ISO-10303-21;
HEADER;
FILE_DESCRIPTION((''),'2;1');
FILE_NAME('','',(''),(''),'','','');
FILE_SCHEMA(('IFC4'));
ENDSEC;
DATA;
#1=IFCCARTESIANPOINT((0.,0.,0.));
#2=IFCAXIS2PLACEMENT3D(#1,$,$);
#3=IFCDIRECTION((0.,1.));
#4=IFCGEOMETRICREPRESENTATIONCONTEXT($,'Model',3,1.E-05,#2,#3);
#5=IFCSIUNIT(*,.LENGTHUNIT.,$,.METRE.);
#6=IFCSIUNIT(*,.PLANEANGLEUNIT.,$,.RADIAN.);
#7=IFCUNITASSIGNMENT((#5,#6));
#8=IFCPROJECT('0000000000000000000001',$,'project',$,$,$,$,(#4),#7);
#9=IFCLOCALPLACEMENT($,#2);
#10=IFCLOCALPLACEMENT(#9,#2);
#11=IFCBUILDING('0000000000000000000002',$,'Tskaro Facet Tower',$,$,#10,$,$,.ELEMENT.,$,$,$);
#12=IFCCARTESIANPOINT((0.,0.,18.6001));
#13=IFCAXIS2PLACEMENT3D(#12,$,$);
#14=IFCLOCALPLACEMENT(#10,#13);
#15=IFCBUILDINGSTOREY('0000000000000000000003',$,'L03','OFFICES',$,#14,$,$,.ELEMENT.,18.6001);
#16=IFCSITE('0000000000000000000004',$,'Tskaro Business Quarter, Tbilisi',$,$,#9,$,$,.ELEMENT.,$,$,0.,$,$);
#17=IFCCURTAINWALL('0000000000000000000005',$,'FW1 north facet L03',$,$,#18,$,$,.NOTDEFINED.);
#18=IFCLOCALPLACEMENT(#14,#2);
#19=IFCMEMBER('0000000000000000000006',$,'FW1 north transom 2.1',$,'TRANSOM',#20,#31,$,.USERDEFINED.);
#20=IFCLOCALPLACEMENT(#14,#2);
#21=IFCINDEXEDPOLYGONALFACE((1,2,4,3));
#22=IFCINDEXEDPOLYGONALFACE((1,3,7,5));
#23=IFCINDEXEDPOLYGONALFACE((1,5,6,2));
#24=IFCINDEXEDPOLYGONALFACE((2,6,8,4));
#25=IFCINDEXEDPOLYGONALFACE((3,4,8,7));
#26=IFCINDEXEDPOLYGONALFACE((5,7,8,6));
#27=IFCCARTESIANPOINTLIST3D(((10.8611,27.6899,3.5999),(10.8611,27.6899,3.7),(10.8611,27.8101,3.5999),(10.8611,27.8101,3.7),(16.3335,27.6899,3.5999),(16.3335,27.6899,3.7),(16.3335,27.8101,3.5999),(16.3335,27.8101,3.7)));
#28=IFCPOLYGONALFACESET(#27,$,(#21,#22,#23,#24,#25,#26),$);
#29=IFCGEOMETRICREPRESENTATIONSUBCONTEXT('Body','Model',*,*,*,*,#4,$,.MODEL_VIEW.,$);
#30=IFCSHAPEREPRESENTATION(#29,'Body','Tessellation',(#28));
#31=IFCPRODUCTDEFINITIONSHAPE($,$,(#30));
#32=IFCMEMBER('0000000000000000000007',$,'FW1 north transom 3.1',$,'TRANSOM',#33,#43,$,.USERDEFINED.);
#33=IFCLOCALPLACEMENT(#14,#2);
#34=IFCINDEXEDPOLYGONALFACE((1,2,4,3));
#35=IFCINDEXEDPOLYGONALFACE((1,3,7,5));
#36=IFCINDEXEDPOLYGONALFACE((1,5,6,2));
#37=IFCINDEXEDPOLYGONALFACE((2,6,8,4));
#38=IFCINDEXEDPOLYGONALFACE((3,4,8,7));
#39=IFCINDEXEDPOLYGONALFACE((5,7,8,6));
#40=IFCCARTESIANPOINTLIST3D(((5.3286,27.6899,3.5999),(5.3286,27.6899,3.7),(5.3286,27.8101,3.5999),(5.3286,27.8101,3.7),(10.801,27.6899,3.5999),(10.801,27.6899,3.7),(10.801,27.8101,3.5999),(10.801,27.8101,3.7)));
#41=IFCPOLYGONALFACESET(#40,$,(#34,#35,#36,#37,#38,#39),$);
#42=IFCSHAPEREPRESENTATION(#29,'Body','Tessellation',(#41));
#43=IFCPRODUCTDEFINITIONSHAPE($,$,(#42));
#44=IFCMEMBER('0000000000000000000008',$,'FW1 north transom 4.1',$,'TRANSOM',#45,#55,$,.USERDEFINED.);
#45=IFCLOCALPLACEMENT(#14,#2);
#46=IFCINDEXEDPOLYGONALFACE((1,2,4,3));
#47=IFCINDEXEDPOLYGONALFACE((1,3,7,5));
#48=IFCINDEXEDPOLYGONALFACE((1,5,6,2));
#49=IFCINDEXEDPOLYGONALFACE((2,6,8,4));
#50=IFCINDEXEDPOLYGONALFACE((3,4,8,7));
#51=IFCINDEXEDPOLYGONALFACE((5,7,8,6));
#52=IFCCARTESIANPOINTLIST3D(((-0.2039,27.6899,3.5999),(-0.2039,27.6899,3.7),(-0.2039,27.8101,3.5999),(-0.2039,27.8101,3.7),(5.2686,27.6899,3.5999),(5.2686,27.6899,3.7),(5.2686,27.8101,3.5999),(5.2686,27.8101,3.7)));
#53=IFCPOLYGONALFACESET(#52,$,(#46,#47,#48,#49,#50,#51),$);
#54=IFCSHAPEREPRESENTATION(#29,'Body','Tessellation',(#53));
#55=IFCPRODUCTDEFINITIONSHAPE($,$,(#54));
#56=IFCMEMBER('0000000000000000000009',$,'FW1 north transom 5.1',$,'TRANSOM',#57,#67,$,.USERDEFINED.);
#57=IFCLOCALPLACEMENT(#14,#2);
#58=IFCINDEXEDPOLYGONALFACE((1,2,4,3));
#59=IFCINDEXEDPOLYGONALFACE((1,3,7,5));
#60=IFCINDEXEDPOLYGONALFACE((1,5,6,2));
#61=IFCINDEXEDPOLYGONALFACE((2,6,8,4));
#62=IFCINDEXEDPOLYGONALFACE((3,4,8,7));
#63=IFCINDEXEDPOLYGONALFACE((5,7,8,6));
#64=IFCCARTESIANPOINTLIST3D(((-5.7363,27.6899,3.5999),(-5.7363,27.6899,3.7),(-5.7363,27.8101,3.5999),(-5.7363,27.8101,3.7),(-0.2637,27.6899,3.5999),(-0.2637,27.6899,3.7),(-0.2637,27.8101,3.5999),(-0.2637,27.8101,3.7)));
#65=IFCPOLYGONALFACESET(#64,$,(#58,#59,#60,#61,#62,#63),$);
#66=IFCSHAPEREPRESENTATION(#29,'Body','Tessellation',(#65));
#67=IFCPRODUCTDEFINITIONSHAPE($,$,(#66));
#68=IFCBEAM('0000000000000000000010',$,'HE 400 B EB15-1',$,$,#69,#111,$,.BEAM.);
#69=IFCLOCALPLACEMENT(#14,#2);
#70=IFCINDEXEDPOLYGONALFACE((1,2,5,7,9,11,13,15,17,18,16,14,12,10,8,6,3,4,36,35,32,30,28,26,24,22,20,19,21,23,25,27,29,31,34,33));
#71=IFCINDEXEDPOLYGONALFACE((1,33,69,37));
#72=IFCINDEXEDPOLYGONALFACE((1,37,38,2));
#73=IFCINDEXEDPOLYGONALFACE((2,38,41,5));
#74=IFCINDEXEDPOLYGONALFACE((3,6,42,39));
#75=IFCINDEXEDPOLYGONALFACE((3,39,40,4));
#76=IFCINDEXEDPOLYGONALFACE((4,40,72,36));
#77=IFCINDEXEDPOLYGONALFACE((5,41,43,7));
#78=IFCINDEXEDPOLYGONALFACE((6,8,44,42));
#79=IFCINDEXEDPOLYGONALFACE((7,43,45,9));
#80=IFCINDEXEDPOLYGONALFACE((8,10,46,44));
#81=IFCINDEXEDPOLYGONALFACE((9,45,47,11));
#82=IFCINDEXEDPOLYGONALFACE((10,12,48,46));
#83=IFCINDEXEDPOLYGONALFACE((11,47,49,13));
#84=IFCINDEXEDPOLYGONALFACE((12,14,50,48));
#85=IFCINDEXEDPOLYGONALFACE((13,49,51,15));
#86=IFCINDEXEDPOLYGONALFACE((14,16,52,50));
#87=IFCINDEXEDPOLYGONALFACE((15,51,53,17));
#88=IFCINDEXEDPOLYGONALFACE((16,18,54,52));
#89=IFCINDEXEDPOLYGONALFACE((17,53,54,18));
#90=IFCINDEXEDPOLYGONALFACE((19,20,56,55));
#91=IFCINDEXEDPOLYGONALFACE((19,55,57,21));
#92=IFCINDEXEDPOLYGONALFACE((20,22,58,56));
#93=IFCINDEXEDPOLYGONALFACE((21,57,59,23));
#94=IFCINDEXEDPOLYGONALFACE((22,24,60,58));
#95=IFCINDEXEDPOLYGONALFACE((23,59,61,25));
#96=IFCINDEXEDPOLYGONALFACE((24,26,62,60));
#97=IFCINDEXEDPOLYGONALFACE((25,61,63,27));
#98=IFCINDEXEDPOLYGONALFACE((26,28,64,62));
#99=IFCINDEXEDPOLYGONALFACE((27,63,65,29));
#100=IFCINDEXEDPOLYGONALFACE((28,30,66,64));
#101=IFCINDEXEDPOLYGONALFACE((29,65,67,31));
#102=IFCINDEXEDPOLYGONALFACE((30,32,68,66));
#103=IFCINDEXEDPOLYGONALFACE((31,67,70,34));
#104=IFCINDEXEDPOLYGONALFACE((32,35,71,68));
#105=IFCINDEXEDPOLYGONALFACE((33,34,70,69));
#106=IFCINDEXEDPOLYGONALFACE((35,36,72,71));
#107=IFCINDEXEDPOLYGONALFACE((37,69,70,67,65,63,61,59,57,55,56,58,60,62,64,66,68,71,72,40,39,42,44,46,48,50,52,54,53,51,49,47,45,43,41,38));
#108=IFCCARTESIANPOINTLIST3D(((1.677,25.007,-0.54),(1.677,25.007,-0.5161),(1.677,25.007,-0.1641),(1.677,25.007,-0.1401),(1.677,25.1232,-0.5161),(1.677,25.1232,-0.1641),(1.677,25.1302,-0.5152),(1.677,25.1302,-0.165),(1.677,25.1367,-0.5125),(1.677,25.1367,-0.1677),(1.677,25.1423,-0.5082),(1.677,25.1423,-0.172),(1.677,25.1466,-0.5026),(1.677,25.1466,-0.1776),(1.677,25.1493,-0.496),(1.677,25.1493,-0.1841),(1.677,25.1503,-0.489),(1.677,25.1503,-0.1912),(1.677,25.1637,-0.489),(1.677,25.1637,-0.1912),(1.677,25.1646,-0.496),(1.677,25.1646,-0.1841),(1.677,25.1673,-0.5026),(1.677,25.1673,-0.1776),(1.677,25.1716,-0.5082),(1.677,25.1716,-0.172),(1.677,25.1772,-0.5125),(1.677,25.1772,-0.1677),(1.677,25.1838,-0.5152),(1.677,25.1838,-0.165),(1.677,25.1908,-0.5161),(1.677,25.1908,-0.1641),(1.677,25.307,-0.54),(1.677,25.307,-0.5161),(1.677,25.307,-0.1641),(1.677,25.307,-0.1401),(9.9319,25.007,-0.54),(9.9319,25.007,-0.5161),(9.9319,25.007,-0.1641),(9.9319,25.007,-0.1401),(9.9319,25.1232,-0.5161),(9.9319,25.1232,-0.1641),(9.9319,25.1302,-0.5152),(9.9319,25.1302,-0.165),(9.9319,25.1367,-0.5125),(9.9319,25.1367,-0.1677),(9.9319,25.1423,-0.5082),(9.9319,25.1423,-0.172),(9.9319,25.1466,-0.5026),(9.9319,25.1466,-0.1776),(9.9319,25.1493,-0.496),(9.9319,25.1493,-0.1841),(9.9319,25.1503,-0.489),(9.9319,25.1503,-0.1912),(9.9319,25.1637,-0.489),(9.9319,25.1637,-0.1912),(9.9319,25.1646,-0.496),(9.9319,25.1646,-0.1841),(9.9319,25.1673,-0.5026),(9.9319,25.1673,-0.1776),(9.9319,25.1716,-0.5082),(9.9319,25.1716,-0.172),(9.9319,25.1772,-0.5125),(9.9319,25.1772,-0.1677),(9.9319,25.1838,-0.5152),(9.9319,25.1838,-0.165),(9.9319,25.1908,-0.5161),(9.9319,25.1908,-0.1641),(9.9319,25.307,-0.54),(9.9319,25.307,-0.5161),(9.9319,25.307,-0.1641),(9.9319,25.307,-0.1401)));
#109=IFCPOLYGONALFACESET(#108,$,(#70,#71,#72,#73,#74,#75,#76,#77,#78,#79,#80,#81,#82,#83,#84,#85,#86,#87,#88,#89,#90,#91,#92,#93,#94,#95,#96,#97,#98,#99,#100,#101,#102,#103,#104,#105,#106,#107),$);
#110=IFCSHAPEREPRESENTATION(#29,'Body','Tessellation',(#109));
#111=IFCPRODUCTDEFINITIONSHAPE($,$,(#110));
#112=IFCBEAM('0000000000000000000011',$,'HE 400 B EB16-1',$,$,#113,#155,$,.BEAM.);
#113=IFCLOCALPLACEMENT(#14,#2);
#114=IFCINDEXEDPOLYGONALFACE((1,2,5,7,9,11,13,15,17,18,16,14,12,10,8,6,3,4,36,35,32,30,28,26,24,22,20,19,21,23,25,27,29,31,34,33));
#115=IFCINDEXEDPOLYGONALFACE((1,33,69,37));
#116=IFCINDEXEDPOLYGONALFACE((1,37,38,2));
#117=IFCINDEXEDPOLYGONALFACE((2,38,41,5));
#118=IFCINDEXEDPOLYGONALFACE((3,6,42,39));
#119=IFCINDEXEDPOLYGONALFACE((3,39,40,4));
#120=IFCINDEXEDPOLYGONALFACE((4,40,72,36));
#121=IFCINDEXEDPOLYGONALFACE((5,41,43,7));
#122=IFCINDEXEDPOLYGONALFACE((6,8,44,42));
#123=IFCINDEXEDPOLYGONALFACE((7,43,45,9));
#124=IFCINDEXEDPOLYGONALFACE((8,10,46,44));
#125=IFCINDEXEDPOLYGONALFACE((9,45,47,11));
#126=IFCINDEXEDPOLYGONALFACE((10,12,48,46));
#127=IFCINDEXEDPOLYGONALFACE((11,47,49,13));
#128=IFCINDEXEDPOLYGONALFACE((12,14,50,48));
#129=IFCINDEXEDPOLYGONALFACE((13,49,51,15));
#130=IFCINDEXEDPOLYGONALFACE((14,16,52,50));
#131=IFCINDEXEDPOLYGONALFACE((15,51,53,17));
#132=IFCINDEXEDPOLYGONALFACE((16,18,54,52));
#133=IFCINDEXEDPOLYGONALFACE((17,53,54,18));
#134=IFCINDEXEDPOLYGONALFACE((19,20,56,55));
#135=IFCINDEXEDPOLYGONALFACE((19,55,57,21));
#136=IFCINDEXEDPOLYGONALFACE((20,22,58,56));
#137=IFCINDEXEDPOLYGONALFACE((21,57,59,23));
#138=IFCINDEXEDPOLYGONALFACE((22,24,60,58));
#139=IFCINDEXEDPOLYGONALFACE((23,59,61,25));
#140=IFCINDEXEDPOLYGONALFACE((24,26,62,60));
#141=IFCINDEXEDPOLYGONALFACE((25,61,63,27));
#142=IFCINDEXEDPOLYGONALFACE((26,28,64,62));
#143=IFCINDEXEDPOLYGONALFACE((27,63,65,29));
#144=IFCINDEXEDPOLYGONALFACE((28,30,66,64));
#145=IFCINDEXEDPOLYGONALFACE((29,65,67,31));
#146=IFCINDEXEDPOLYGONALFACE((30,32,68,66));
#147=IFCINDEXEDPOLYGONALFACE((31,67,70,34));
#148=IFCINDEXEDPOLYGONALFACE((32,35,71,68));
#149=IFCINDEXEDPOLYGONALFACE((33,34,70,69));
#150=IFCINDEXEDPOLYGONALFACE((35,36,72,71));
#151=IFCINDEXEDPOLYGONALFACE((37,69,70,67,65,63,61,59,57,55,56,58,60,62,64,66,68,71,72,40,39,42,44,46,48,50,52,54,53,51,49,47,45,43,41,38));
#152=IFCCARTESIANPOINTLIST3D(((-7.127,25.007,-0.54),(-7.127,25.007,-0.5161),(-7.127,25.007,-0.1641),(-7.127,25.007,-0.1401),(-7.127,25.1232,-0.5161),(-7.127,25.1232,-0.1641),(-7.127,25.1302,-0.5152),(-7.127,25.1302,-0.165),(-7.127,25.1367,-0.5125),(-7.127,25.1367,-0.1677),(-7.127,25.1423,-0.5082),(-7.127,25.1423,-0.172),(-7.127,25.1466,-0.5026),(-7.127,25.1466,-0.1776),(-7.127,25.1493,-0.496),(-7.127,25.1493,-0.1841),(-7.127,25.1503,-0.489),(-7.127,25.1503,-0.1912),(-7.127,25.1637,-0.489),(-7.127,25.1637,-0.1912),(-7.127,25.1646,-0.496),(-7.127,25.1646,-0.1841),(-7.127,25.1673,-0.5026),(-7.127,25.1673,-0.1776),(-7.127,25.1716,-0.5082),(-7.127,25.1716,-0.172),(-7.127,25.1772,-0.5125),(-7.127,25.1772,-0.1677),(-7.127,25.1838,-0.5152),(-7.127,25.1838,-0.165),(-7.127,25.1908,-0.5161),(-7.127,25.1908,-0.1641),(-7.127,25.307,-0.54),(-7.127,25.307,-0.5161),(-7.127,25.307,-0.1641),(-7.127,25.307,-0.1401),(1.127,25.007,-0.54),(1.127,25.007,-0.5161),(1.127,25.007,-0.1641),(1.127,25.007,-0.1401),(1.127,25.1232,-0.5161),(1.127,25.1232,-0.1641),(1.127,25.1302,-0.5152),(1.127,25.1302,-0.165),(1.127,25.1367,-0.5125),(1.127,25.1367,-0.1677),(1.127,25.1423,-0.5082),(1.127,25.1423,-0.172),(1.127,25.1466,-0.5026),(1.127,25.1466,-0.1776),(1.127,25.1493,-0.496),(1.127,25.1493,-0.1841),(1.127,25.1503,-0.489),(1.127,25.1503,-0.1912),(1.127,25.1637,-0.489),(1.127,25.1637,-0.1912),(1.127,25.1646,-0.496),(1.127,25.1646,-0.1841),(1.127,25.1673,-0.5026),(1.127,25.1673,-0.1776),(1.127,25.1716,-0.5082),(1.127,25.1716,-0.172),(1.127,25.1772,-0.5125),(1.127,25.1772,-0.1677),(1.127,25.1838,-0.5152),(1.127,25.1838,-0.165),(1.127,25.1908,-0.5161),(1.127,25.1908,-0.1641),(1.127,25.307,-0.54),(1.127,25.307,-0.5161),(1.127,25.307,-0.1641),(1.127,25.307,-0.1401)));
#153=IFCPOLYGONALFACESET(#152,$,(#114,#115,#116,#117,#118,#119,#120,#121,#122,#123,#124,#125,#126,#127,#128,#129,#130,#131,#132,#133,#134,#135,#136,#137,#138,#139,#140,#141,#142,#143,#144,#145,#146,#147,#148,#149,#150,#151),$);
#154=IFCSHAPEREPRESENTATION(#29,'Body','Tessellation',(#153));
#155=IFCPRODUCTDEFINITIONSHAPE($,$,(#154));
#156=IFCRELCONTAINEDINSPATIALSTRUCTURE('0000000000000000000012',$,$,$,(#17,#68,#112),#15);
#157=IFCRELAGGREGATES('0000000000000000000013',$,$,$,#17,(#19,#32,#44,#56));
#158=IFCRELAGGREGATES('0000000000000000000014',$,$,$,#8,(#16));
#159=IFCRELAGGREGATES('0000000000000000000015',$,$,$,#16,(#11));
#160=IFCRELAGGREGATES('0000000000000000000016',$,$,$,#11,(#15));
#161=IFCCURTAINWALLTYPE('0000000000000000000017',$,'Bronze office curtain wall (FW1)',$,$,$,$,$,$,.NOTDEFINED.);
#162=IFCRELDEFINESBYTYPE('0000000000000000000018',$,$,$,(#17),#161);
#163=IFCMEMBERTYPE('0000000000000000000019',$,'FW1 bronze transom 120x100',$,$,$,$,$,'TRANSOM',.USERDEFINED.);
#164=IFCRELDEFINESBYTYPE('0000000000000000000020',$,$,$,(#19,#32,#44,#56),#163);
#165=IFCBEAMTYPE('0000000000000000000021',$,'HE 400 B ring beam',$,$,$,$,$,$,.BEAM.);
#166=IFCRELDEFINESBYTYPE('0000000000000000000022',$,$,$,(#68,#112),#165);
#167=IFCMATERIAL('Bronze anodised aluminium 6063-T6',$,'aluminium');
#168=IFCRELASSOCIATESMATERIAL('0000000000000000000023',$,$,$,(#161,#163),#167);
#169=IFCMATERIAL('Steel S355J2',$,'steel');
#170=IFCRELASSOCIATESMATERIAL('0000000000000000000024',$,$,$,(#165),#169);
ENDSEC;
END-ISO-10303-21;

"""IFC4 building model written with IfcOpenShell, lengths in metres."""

from ifc_helpers import new_model, si_unit, direction, frame, origin, origin_2d, place, context, subcontext, project, spatial, rectangle, i_section, extrude, material, material_profile, profile_set, type_object, element, aggregate, save


model = new_model("IFC4")

# Units and contexts
model_context = context("Model", 3, precision=1e-05, world=origin(), true_north=direction((0.0, 1.0)))
body_context = subcontext(model_context, "Body", "Model", "MODEL_VIEW")
ifc_project = project(units=[si_unit("LENGTHUNIT", "METRE"), si_unit("PLANEANGLEUNIT", "RADIAN")], contexts=[model_context])

# Site, building, storey
site_placement = place(None, origin())
site = spatial("IfcSite", under=ifc_project, at=site_placement, Name="Tskaro Business Quarter, Tbilisi", CompositionType="ELEMENT", RefElevation=0.0)
building_placement = place(site_placement, origin())
building = spatial("IfcBuilding", under=site, at=building_placement, Name="Tskaro Facet Tower", CompositionType="ELEMENT")
storey_placement = place(building_placement, frame((0.0, 0.0, 18.6001)))
storey = spatial("IfcBuildingStorey", under=building, at=storey_placement, Name="L03", Description="OFFICES", CompositionType="ELEMENT", Elevation=18.6001)

# Curtain wall, members
ifc_material_1 = material(Name="Bronze anodised aluminium 6063-T6", Category="aluminium")
curtain_wall_type = type_object("IfcCurtainWallType", Name="Bronze office curtain wall (FW1)", PredefinedType="NOTDEFINED", material=ifc_material_1)
curtain_wall_placement = place(storey_placement, origin())
curtain_wall = element("IfcCurtainWall", 1, at=curtain_wall_placement, inside=storey, type_object=curtain_wall_type, Name="FW1 north facet L03", PredefinedType="NOTDEFINED")
ifc_material_profile_1 = material_profile(ifc_material_1, rectangle(XDim=0.1201, YDim=0.1001, at=origin_2d()), Name="Transom 120x100")
ifc_profile_set_1 = profile_set([ifc_material_profile_1], Name="Bronze anodised aluminium 6063-T6")
member_type_1 = type_object("IfcMemberType", Name="FW1 bronze transom 120x100", ElementType="TRANSOM", PredefinedType="USERDEFINED", material=ifc_profile_set_1)
member_1_placement = place(storey_placement, frame((16.3335, 27.75, 3.6499), z_axis=(-1.0, 0.0, 0.0), x_axis=(0.0, -1.0, 0.0)))
member_1 = element("IfcMember", 2, at=member_1_placement, type_object=member_type_1, Name="FW1 north transom 2.1", ObjectType="TRANSOM", PredefinedType="USERDEFINED", context=body_context, shape_type="SweptSolid", body=[
    extrude(rectangle(XDim=0.1201, YDim=0.1001, at=origin_2d()), origin(), (0.0, 0.0, 1.0), 5.4724),
])
member_2_placement = place(storey_placement, frame((10.801, 27.75, 3.6499), z_axis=(-1.0, 0.0, 0.0), x_axis=(0.0, -1.0, 0.0)))
member_2 = element("IfcMember", 3, at=member_2_placement, type_object=member_type_1, Name="FW1 north transom 3.1", ObjectType="TRANSOM", PredefinedType="USERDEFINED", context=body_context, shape_type="SweptSolid", body=[
    extrude(rectangle(XDim=0.1201, YDim=0.1001, at=origin_2d()), origin(), (0.0, 0.0, 1.0), 5.4724),
])
member_3_placement = place(storey_placement, frame((5.2686, 27.75, 3.6499), z_axis=(-1.0, 0.0, 0.0), x_axis=(0.0, -1.0, 0.0)))
member_3 = element("IfcMember", 4, at=member_3_placement, type_object=member_type_1, Name="FW1 north transom 4.1", ObjectType="TRANSOM", PredefinedType="USERDEFINED", context=body_context, shape_type="SweptSolid", body=[
    extrude(rectangle(XDim=0.1201, YDim=0.1001, at=origin_2d()), origin(), (0.0, 0.0, 1.0), 5.4724),
])
member_4_placement = place(storey_placement, frame((-0.2637, 27.75, 3.6499), z_axis=(-1.0, 0.0, 0.0), x_axis=(0.0, -1.0, 0.0)))
member_4 = element("IfcMember", 5, at=member_4_placement, type_object=member_type_1, Name="FW1 north transom 5.1", ObjectType="TRANSOM", PredefinedType="USERDEFINED", context=body_context, shape_type="SweptSolid", body=[
    extrude(rectangle(XDim=0.1201, YDim=0.1001, at=origin_2d()), origin(), (0.0, 0.0, 1.0), 5.4727),
])

# Beams
ifc_material_2 = material(Name="Steel S355J2", Category="steel")
ifc_material_profile_2 = material_profile(ifc_material_2, i_section(OverallWidth=0.3, OverallDepth=0.3999, WebThickness=0.0134, FlangeThickness=0.0239, FilletRadius=0.0271, at=origin_2d()), Name="HE 400 B")
ifc_profile_set_2 = profile_set([ifc_material_profile_2], Name="Steel S355J2")
beam_type_1 = type_object("IfcBeamType", Name="HE 400 B ring beam", PredefinedType="BEAM", material=ifc_profile_set_2)
beam_1_placement = place(storey_placement, frame((9.9319, 25.157, -0.3401), z_axis=(-1.0, 0.0, 0.0), x_axis=(0.0, -1.0, 0.0)))
element("IfcBeam", 6, at=beam_1_placement, inside=storey, type_object=beam_type_1, Name="HE 400 B EB15-1", PredefinedType="BEAM", context=body_context, shape_type="SweptSolid", body=[
    extrude(i_section(OverallWidth=0.3, OverallDepth=0.3999, WebThickness=0.0134, FlangeThickness=0.0239, FilletRadius=0.0271, at=origin_2d()), origin(), (0.0, 0.0, 1.0), 8.2549),
])
beam_2_placement = place(storey_placement, frame((1.127, 25.157, -0.3401), z_axis=(-1.0, 0.0, 0.0), x_axis=(0.0, -1.0, 0.0)))
element("IfcBeam", 7, at=beam_2_placement, inside=storey, type_object=beam_type_1, Name="HE 400 B EB16-1", PredefinedType="BEAM", context=body_context, shape_type="SweptSolid", body=[
    extrude(i_section(OverallWidth=0.3, OverallDepth=0.3999, WebThickness=0.0134, FlangeThickness=0.0239, FilletRadius=0.0271, at=origin_2d()), origin(), (0.0, 0.0, 1.0), 8.2539),
])

aggregate(curtain_wall, [member_1, member_2, member_3, member_4])

save(model, "model.ifc")
